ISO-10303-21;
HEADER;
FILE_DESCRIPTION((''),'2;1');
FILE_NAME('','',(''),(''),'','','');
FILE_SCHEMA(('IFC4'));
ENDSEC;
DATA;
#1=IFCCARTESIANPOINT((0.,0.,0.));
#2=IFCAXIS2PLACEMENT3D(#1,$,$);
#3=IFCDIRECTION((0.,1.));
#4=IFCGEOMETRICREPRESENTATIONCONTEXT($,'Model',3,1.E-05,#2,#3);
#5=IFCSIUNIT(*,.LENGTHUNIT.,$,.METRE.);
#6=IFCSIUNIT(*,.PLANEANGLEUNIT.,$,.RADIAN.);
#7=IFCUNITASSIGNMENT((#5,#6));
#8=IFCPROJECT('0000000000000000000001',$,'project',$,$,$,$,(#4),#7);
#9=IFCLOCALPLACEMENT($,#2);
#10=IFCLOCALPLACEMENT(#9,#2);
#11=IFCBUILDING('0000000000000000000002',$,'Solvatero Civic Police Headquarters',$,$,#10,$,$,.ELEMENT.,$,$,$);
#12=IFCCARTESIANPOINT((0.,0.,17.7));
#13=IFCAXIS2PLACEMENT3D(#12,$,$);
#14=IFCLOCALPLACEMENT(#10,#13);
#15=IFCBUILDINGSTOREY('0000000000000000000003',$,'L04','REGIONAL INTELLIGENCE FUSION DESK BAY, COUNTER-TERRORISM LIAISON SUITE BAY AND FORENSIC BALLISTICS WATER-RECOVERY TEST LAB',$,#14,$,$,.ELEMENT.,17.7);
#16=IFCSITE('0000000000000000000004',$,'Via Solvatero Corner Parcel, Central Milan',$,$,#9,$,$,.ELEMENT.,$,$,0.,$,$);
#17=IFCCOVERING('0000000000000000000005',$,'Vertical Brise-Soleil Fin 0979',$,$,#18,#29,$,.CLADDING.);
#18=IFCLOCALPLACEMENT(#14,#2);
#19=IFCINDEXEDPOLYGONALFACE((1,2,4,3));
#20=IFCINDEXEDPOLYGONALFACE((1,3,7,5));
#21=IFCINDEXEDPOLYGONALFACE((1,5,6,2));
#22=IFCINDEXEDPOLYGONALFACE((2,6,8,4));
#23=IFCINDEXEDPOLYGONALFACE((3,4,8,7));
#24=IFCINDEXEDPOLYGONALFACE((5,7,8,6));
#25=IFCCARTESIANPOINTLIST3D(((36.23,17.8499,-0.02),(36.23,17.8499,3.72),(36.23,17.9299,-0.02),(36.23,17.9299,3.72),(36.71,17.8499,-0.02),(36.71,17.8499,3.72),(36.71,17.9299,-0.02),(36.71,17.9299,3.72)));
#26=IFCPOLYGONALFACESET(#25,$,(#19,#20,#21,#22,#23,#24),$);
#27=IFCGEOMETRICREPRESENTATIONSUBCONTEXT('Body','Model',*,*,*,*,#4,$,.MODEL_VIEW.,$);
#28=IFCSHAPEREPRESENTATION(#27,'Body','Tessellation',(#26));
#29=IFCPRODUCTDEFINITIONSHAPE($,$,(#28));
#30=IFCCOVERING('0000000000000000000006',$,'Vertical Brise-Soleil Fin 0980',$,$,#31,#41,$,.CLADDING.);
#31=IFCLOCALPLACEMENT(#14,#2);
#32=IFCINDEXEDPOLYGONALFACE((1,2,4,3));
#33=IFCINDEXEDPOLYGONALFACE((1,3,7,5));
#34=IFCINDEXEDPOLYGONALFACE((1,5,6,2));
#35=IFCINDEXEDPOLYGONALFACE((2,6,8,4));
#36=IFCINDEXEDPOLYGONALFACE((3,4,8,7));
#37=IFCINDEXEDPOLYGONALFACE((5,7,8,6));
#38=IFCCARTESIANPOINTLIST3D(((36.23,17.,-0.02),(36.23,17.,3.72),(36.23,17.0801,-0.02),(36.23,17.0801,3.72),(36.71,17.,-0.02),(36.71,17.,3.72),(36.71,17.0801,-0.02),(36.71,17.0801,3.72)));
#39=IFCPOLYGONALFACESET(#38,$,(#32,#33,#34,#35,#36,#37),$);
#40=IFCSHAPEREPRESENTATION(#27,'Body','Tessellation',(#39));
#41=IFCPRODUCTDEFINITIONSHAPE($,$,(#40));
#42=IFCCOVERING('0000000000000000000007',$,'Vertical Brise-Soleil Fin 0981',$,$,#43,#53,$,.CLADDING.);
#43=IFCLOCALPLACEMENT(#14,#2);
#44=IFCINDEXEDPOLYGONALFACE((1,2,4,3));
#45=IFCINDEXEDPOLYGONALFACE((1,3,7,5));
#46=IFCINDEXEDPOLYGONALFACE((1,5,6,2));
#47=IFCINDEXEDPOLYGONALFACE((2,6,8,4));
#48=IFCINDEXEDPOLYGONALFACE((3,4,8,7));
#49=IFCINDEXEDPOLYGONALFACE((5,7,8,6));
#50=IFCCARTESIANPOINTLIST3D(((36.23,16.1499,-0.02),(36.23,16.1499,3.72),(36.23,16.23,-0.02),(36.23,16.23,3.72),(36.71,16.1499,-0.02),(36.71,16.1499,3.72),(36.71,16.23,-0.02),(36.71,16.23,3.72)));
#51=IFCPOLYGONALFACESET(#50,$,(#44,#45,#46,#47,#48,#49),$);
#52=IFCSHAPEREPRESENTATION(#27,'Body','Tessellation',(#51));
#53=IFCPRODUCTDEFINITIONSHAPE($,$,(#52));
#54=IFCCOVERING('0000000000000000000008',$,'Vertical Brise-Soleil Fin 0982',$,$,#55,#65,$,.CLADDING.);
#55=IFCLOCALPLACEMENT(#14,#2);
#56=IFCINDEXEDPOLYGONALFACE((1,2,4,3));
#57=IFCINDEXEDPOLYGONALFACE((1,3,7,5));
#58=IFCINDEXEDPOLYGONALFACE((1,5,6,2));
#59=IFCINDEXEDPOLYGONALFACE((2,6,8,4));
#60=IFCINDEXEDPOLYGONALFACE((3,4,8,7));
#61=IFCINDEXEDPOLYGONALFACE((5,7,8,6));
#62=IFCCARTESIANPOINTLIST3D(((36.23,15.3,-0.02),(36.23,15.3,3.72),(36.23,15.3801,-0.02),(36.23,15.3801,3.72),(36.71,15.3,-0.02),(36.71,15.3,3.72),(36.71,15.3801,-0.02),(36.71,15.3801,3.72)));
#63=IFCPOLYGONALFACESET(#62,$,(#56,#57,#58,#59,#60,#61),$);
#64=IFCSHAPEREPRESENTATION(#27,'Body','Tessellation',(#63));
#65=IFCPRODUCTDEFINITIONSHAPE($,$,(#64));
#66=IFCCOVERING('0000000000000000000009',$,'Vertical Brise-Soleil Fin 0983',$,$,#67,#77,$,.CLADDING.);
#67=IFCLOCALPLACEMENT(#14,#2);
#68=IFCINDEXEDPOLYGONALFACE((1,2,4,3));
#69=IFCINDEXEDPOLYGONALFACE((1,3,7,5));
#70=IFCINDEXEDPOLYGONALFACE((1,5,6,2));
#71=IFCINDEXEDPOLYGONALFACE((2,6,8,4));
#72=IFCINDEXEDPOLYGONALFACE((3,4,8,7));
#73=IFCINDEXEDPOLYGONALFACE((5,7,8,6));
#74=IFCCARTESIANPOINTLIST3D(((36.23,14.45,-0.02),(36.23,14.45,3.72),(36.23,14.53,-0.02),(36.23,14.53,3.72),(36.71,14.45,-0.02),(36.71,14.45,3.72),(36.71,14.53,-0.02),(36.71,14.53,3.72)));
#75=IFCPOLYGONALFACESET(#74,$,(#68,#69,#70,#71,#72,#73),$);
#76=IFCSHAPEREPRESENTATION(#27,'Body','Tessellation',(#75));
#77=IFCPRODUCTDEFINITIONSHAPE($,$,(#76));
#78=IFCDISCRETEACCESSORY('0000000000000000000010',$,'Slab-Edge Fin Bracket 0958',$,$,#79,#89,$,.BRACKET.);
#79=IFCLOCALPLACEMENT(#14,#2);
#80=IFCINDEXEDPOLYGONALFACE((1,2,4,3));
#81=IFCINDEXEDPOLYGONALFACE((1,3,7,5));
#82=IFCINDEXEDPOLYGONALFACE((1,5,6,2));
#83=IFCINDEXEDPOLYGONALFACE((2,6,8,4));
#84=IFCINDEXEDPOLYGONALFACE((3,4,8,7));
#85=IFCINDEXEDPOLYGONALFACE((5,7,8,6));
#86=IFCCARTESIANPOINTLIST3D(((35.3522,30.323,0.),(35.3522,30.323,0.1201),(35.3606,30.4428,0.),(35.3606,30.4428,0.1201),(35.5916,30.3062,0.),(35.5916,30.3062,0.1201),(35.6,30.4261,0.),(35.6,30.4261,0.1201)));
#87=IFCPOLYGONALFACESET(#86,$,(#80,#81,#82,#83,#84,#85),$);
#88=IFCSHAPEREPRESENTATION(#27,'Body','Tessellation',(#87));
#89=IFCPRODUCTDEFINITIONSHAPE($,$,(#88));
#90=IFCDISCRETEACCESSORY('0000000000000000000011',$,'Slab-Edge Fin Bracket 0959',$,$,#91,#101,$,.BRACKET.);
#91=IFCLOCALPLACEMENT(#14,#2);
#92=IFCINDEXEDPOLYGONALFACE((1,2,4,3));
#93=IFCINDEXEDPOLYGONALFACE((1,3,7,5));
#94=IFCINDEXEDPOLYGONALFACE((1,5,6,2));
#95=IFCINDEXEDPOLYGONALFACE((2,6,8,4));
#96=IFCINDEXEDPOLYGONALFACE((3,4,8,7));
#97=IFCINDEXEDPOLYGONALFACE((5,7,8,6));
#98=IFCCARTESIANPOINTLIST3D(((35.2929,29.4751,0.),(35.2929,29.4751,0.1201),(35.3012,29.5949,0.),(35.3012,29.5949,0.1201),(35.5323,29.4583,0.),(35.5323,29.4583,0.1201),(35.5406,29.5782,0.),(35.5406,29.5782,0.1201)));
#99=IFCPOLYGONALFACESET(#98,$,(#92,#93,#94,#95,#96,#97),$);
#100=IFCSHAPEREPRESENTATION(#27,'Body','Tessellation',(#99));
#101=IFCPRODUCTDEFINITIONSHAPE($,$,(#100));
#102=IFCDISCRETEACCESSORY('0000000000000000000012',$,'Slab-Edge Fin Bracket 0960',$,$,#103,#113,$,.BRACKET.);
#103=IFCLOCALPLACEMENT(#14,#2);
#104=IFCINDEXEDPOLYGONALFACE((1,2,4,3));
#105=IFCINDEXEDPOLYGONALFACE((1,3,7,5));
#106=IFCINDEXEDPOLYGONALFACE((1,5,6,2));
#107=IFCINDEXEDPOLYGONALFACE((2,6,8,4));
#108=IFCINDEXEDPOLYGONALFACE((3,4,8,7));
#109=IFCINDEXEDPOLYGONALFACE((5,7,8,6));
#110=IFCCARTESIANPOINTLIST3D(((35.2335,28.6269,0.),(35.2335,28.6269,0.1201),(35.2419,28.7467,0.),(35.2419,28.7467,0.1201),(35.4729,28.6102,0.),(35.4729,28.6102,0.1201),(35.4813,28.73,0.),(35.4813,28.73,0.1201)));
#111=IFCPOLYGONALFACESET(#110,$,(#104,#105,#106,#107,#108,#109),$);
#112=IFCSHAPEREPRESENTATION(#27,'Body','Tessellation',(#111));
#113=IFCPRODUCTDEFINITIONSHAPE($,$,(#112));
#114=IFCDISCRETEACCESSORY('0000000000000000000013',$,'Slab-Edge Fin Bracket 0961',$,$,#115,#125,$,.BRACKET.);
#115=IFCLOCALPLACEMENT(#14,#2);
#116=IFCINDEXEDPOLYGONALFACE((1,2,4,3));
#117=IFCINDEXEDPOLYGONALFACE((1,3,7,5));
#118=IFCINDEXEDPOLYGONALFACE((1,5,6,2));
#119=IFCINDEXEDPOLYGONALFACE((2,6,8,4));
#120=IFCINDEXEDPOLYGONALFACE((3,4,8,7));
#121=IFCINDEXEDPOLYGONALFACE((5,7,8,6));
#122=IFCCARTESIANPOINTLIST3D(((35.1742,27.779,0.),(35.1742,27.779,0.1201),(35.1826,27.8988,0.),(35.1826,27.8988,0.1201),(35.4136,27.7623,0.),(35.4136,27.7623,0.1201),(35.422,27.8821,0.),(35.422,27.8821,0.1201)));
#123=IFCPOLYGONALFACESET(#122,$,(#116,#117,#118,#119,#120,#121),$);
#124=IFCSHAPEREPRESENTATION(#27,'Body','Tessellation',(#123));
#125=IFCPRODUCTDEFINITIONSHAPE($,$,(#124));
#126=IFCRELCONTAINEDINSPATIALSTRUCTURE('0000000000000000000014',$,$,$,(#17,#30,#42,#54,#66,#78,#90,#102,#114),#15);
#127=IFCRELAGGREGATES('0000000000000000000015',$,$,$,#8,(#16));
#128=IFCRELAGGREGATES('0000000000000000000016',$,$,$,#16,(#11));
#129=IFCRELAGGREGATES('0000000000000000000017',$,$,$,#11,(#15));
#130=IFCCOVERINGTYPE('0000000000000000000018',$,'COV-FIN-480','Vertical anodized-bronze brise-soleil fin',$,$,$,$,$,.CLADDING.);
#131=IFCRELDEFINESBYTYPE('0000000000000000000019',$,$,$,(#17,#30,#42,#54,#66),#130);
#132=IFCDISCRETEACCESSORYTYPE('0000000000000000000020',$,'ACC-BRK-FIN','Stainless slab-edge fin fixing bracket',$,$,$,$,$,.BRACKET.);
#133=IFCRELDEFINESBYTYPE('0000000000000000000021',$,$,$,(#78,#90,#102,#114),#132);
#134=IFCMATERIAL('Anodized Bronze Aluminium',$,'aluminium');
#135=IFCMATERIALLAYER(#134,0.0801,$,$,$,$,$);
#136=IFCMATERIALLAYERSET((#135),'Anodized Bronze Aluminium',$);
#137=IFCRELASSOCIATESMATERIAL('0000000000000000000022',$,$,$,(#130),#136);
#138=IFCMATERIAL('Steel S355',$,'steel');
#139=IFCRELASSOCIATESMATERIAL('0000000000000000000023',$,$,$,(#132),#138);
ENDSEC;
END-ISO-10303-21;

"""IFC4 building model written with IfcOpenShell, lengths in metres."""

from ifc_helpers import new_model, si_unit, direction, frame, origin, origin_2d, place, context, subcontext, project, spatial, rectangle, extrude, material, layer, layer_set, type_object, element, save


model = new_model("IFC4")

# Units and contexts
model_context = context("Model", 3, precision=1e-05, world=origin(), true_north=direction((0.0, 1.0)))
body_context = subcontext(model_context, "Body", "Model", "MODEL_VIEW")
ifc_project = project(units=[si_unit("LENGTHUNIT", "METRE"), si_unit("PLANEANGLEUNIT", "RADIAN")], contexts=[model_context])

# Site, building, storey
site_placement = place(None, origin())
site = spatial("IfcSite", under=ifc_project, at=site_placement, Name="Via Solvatero Corner Parcel, Central Milan", CompositionType="ELEMENT", RefElevation=0.0)
building_placement = place(site_placement, origin())
building = spatial("IfcBuilding", under=site, at=building_placement, Name="Solvatero Civic Police Headquarters", CompositionType="ELEMENT")
storey_placement = place(building_placement, frame((0.0, 0.0, 17.7)))
storey = spatial("IfcBuildingStorey", under=building, at=storey_placement, Name="L04", Description="REGIONAL INTELLIGENCE FUSION DESK BAY, COUNTER-TERRORISM LIAISON SUITE BAY AND FORENSIC BALLISTICS WATER-RECOVERY TEST LAB", CompositionType="ELEMENT", Elevation=17.7)

# Shared definitions
ifc_material_1 = material(Name="Steel S355", Category="steel")

# Shared definitions
ifc_material_2 = material(Name="Anodized Bronze Aluminium", Category="aluminium")

# Coverings
ifc_layer_1 = layer(ifc_material_2, 0.0801)
ifc_layer_set_1 = layer_set([ifc_layer_1], Name="Anodized Bronze Aluminium")
covering_type = type_object("IfcCoveringType", Name="COV-FIN-480", Description="Vertical anodized-bronze brise-soleil fin", PredefinedType="CLADDING", material=ifc_layer_set_1)
for number, where, z_axis, x_axis, name in (
    (1, (36.47, 17.8899, -0.02), (0.0, 0.0, 1.0), (0.0, -1.0, 0.0), "Vertical Brise-Soleil Fin 0979"),
    (2, (36.47, 17.04, -0.02), (0.0, 0.0, 1.0), (0.0, -1.0, 0.0), "Vertical Brise-Soleil Fin 0980"),
    (3, (36.47, 16.1899, -0.02), (0.0, 0.0, 1.0), (0.0, -1.0, 0.0), "Vertical Brise-Soleil Fin 0981"),
    (4, (36.47, 15.3401, -0.02), (0.0, 0.0, 1.0), (0.0, -1.0, 0.0), "Vertical Brise-Soleil Fin 0982"),
    (5, (36.47, 14.49, -0.02), (0.0, 0.0, 1.0), (0.0, -1.0, 0.0), "Vertical Brise-Soleil Fin 0983"),
):
    element("IfcCovering", number, at=place(storey_placement, frame(where, z_axis=z_axis, x_axis=x_axis)), inside=storey, type_object=covering_type, Name=name, PredefinedType="CLADDING", context=body_context, shape_type="SweptSolid", body=[
        extrude(rectangle(XDim=0.0801, YDim=0.48, at=origin_2d()), origin(), (0.0, 0.0, 1.0), 3.74),
    ])

# Discrete accessories
discrete_accessory_type = type_object("IfcDiscreteAccessoryType", Name="ACC-BRK-FIN", Description="Stainless slab-edge fin fixing bracket", PredefinedType="BRACKET", material=ifc_material_1)
for number, where, z_axis, x_axis, name in (
    (6, (35.4761, 30.3745, 0.0), (0.0, 0.0, 1.0), (-0.069739, -0.997565, 0.0), "Slab-Edge Fin Bracket 0958"),
    (7, (35.4167, 29.5266, 0.0), (0.0, 0.0, 1.0), (-0.069739, -0.997565, 0.0), "Slab-Edge Fin Bracket 0959"),
    (8, (35.3574, 28.6785, 0.0), (0.0, 0.0, 1.0), (-0.069739, -0.997565, 0.0), "Slab-Edge Fin Bracket 0960"),
    (9, (35.2981, 27.8306, 0.0), (0.0, 0.0, 1.0), (-0.069739, -0.997565, 0.0), "Slab-Edge Fin Bracket 0961"),
):
    element("IfcDiscreteAccessory", number, at=place(storey_placement, frame(where, z_axis=z_axis, x_axis=x_axis)), inside=storey, type_object=discrete_accessory_type, Name=name, PredefinedType="BRACKET", context=body_context, shape_type="SweptSolid", body=[
        extrude(rectangle(XDim=0.1201, YDim=0.24, at=origin_2d()), origin(), (0.0, 0.0, 1.0), 0.1201),
    ])

save(model, "model.ifc")
